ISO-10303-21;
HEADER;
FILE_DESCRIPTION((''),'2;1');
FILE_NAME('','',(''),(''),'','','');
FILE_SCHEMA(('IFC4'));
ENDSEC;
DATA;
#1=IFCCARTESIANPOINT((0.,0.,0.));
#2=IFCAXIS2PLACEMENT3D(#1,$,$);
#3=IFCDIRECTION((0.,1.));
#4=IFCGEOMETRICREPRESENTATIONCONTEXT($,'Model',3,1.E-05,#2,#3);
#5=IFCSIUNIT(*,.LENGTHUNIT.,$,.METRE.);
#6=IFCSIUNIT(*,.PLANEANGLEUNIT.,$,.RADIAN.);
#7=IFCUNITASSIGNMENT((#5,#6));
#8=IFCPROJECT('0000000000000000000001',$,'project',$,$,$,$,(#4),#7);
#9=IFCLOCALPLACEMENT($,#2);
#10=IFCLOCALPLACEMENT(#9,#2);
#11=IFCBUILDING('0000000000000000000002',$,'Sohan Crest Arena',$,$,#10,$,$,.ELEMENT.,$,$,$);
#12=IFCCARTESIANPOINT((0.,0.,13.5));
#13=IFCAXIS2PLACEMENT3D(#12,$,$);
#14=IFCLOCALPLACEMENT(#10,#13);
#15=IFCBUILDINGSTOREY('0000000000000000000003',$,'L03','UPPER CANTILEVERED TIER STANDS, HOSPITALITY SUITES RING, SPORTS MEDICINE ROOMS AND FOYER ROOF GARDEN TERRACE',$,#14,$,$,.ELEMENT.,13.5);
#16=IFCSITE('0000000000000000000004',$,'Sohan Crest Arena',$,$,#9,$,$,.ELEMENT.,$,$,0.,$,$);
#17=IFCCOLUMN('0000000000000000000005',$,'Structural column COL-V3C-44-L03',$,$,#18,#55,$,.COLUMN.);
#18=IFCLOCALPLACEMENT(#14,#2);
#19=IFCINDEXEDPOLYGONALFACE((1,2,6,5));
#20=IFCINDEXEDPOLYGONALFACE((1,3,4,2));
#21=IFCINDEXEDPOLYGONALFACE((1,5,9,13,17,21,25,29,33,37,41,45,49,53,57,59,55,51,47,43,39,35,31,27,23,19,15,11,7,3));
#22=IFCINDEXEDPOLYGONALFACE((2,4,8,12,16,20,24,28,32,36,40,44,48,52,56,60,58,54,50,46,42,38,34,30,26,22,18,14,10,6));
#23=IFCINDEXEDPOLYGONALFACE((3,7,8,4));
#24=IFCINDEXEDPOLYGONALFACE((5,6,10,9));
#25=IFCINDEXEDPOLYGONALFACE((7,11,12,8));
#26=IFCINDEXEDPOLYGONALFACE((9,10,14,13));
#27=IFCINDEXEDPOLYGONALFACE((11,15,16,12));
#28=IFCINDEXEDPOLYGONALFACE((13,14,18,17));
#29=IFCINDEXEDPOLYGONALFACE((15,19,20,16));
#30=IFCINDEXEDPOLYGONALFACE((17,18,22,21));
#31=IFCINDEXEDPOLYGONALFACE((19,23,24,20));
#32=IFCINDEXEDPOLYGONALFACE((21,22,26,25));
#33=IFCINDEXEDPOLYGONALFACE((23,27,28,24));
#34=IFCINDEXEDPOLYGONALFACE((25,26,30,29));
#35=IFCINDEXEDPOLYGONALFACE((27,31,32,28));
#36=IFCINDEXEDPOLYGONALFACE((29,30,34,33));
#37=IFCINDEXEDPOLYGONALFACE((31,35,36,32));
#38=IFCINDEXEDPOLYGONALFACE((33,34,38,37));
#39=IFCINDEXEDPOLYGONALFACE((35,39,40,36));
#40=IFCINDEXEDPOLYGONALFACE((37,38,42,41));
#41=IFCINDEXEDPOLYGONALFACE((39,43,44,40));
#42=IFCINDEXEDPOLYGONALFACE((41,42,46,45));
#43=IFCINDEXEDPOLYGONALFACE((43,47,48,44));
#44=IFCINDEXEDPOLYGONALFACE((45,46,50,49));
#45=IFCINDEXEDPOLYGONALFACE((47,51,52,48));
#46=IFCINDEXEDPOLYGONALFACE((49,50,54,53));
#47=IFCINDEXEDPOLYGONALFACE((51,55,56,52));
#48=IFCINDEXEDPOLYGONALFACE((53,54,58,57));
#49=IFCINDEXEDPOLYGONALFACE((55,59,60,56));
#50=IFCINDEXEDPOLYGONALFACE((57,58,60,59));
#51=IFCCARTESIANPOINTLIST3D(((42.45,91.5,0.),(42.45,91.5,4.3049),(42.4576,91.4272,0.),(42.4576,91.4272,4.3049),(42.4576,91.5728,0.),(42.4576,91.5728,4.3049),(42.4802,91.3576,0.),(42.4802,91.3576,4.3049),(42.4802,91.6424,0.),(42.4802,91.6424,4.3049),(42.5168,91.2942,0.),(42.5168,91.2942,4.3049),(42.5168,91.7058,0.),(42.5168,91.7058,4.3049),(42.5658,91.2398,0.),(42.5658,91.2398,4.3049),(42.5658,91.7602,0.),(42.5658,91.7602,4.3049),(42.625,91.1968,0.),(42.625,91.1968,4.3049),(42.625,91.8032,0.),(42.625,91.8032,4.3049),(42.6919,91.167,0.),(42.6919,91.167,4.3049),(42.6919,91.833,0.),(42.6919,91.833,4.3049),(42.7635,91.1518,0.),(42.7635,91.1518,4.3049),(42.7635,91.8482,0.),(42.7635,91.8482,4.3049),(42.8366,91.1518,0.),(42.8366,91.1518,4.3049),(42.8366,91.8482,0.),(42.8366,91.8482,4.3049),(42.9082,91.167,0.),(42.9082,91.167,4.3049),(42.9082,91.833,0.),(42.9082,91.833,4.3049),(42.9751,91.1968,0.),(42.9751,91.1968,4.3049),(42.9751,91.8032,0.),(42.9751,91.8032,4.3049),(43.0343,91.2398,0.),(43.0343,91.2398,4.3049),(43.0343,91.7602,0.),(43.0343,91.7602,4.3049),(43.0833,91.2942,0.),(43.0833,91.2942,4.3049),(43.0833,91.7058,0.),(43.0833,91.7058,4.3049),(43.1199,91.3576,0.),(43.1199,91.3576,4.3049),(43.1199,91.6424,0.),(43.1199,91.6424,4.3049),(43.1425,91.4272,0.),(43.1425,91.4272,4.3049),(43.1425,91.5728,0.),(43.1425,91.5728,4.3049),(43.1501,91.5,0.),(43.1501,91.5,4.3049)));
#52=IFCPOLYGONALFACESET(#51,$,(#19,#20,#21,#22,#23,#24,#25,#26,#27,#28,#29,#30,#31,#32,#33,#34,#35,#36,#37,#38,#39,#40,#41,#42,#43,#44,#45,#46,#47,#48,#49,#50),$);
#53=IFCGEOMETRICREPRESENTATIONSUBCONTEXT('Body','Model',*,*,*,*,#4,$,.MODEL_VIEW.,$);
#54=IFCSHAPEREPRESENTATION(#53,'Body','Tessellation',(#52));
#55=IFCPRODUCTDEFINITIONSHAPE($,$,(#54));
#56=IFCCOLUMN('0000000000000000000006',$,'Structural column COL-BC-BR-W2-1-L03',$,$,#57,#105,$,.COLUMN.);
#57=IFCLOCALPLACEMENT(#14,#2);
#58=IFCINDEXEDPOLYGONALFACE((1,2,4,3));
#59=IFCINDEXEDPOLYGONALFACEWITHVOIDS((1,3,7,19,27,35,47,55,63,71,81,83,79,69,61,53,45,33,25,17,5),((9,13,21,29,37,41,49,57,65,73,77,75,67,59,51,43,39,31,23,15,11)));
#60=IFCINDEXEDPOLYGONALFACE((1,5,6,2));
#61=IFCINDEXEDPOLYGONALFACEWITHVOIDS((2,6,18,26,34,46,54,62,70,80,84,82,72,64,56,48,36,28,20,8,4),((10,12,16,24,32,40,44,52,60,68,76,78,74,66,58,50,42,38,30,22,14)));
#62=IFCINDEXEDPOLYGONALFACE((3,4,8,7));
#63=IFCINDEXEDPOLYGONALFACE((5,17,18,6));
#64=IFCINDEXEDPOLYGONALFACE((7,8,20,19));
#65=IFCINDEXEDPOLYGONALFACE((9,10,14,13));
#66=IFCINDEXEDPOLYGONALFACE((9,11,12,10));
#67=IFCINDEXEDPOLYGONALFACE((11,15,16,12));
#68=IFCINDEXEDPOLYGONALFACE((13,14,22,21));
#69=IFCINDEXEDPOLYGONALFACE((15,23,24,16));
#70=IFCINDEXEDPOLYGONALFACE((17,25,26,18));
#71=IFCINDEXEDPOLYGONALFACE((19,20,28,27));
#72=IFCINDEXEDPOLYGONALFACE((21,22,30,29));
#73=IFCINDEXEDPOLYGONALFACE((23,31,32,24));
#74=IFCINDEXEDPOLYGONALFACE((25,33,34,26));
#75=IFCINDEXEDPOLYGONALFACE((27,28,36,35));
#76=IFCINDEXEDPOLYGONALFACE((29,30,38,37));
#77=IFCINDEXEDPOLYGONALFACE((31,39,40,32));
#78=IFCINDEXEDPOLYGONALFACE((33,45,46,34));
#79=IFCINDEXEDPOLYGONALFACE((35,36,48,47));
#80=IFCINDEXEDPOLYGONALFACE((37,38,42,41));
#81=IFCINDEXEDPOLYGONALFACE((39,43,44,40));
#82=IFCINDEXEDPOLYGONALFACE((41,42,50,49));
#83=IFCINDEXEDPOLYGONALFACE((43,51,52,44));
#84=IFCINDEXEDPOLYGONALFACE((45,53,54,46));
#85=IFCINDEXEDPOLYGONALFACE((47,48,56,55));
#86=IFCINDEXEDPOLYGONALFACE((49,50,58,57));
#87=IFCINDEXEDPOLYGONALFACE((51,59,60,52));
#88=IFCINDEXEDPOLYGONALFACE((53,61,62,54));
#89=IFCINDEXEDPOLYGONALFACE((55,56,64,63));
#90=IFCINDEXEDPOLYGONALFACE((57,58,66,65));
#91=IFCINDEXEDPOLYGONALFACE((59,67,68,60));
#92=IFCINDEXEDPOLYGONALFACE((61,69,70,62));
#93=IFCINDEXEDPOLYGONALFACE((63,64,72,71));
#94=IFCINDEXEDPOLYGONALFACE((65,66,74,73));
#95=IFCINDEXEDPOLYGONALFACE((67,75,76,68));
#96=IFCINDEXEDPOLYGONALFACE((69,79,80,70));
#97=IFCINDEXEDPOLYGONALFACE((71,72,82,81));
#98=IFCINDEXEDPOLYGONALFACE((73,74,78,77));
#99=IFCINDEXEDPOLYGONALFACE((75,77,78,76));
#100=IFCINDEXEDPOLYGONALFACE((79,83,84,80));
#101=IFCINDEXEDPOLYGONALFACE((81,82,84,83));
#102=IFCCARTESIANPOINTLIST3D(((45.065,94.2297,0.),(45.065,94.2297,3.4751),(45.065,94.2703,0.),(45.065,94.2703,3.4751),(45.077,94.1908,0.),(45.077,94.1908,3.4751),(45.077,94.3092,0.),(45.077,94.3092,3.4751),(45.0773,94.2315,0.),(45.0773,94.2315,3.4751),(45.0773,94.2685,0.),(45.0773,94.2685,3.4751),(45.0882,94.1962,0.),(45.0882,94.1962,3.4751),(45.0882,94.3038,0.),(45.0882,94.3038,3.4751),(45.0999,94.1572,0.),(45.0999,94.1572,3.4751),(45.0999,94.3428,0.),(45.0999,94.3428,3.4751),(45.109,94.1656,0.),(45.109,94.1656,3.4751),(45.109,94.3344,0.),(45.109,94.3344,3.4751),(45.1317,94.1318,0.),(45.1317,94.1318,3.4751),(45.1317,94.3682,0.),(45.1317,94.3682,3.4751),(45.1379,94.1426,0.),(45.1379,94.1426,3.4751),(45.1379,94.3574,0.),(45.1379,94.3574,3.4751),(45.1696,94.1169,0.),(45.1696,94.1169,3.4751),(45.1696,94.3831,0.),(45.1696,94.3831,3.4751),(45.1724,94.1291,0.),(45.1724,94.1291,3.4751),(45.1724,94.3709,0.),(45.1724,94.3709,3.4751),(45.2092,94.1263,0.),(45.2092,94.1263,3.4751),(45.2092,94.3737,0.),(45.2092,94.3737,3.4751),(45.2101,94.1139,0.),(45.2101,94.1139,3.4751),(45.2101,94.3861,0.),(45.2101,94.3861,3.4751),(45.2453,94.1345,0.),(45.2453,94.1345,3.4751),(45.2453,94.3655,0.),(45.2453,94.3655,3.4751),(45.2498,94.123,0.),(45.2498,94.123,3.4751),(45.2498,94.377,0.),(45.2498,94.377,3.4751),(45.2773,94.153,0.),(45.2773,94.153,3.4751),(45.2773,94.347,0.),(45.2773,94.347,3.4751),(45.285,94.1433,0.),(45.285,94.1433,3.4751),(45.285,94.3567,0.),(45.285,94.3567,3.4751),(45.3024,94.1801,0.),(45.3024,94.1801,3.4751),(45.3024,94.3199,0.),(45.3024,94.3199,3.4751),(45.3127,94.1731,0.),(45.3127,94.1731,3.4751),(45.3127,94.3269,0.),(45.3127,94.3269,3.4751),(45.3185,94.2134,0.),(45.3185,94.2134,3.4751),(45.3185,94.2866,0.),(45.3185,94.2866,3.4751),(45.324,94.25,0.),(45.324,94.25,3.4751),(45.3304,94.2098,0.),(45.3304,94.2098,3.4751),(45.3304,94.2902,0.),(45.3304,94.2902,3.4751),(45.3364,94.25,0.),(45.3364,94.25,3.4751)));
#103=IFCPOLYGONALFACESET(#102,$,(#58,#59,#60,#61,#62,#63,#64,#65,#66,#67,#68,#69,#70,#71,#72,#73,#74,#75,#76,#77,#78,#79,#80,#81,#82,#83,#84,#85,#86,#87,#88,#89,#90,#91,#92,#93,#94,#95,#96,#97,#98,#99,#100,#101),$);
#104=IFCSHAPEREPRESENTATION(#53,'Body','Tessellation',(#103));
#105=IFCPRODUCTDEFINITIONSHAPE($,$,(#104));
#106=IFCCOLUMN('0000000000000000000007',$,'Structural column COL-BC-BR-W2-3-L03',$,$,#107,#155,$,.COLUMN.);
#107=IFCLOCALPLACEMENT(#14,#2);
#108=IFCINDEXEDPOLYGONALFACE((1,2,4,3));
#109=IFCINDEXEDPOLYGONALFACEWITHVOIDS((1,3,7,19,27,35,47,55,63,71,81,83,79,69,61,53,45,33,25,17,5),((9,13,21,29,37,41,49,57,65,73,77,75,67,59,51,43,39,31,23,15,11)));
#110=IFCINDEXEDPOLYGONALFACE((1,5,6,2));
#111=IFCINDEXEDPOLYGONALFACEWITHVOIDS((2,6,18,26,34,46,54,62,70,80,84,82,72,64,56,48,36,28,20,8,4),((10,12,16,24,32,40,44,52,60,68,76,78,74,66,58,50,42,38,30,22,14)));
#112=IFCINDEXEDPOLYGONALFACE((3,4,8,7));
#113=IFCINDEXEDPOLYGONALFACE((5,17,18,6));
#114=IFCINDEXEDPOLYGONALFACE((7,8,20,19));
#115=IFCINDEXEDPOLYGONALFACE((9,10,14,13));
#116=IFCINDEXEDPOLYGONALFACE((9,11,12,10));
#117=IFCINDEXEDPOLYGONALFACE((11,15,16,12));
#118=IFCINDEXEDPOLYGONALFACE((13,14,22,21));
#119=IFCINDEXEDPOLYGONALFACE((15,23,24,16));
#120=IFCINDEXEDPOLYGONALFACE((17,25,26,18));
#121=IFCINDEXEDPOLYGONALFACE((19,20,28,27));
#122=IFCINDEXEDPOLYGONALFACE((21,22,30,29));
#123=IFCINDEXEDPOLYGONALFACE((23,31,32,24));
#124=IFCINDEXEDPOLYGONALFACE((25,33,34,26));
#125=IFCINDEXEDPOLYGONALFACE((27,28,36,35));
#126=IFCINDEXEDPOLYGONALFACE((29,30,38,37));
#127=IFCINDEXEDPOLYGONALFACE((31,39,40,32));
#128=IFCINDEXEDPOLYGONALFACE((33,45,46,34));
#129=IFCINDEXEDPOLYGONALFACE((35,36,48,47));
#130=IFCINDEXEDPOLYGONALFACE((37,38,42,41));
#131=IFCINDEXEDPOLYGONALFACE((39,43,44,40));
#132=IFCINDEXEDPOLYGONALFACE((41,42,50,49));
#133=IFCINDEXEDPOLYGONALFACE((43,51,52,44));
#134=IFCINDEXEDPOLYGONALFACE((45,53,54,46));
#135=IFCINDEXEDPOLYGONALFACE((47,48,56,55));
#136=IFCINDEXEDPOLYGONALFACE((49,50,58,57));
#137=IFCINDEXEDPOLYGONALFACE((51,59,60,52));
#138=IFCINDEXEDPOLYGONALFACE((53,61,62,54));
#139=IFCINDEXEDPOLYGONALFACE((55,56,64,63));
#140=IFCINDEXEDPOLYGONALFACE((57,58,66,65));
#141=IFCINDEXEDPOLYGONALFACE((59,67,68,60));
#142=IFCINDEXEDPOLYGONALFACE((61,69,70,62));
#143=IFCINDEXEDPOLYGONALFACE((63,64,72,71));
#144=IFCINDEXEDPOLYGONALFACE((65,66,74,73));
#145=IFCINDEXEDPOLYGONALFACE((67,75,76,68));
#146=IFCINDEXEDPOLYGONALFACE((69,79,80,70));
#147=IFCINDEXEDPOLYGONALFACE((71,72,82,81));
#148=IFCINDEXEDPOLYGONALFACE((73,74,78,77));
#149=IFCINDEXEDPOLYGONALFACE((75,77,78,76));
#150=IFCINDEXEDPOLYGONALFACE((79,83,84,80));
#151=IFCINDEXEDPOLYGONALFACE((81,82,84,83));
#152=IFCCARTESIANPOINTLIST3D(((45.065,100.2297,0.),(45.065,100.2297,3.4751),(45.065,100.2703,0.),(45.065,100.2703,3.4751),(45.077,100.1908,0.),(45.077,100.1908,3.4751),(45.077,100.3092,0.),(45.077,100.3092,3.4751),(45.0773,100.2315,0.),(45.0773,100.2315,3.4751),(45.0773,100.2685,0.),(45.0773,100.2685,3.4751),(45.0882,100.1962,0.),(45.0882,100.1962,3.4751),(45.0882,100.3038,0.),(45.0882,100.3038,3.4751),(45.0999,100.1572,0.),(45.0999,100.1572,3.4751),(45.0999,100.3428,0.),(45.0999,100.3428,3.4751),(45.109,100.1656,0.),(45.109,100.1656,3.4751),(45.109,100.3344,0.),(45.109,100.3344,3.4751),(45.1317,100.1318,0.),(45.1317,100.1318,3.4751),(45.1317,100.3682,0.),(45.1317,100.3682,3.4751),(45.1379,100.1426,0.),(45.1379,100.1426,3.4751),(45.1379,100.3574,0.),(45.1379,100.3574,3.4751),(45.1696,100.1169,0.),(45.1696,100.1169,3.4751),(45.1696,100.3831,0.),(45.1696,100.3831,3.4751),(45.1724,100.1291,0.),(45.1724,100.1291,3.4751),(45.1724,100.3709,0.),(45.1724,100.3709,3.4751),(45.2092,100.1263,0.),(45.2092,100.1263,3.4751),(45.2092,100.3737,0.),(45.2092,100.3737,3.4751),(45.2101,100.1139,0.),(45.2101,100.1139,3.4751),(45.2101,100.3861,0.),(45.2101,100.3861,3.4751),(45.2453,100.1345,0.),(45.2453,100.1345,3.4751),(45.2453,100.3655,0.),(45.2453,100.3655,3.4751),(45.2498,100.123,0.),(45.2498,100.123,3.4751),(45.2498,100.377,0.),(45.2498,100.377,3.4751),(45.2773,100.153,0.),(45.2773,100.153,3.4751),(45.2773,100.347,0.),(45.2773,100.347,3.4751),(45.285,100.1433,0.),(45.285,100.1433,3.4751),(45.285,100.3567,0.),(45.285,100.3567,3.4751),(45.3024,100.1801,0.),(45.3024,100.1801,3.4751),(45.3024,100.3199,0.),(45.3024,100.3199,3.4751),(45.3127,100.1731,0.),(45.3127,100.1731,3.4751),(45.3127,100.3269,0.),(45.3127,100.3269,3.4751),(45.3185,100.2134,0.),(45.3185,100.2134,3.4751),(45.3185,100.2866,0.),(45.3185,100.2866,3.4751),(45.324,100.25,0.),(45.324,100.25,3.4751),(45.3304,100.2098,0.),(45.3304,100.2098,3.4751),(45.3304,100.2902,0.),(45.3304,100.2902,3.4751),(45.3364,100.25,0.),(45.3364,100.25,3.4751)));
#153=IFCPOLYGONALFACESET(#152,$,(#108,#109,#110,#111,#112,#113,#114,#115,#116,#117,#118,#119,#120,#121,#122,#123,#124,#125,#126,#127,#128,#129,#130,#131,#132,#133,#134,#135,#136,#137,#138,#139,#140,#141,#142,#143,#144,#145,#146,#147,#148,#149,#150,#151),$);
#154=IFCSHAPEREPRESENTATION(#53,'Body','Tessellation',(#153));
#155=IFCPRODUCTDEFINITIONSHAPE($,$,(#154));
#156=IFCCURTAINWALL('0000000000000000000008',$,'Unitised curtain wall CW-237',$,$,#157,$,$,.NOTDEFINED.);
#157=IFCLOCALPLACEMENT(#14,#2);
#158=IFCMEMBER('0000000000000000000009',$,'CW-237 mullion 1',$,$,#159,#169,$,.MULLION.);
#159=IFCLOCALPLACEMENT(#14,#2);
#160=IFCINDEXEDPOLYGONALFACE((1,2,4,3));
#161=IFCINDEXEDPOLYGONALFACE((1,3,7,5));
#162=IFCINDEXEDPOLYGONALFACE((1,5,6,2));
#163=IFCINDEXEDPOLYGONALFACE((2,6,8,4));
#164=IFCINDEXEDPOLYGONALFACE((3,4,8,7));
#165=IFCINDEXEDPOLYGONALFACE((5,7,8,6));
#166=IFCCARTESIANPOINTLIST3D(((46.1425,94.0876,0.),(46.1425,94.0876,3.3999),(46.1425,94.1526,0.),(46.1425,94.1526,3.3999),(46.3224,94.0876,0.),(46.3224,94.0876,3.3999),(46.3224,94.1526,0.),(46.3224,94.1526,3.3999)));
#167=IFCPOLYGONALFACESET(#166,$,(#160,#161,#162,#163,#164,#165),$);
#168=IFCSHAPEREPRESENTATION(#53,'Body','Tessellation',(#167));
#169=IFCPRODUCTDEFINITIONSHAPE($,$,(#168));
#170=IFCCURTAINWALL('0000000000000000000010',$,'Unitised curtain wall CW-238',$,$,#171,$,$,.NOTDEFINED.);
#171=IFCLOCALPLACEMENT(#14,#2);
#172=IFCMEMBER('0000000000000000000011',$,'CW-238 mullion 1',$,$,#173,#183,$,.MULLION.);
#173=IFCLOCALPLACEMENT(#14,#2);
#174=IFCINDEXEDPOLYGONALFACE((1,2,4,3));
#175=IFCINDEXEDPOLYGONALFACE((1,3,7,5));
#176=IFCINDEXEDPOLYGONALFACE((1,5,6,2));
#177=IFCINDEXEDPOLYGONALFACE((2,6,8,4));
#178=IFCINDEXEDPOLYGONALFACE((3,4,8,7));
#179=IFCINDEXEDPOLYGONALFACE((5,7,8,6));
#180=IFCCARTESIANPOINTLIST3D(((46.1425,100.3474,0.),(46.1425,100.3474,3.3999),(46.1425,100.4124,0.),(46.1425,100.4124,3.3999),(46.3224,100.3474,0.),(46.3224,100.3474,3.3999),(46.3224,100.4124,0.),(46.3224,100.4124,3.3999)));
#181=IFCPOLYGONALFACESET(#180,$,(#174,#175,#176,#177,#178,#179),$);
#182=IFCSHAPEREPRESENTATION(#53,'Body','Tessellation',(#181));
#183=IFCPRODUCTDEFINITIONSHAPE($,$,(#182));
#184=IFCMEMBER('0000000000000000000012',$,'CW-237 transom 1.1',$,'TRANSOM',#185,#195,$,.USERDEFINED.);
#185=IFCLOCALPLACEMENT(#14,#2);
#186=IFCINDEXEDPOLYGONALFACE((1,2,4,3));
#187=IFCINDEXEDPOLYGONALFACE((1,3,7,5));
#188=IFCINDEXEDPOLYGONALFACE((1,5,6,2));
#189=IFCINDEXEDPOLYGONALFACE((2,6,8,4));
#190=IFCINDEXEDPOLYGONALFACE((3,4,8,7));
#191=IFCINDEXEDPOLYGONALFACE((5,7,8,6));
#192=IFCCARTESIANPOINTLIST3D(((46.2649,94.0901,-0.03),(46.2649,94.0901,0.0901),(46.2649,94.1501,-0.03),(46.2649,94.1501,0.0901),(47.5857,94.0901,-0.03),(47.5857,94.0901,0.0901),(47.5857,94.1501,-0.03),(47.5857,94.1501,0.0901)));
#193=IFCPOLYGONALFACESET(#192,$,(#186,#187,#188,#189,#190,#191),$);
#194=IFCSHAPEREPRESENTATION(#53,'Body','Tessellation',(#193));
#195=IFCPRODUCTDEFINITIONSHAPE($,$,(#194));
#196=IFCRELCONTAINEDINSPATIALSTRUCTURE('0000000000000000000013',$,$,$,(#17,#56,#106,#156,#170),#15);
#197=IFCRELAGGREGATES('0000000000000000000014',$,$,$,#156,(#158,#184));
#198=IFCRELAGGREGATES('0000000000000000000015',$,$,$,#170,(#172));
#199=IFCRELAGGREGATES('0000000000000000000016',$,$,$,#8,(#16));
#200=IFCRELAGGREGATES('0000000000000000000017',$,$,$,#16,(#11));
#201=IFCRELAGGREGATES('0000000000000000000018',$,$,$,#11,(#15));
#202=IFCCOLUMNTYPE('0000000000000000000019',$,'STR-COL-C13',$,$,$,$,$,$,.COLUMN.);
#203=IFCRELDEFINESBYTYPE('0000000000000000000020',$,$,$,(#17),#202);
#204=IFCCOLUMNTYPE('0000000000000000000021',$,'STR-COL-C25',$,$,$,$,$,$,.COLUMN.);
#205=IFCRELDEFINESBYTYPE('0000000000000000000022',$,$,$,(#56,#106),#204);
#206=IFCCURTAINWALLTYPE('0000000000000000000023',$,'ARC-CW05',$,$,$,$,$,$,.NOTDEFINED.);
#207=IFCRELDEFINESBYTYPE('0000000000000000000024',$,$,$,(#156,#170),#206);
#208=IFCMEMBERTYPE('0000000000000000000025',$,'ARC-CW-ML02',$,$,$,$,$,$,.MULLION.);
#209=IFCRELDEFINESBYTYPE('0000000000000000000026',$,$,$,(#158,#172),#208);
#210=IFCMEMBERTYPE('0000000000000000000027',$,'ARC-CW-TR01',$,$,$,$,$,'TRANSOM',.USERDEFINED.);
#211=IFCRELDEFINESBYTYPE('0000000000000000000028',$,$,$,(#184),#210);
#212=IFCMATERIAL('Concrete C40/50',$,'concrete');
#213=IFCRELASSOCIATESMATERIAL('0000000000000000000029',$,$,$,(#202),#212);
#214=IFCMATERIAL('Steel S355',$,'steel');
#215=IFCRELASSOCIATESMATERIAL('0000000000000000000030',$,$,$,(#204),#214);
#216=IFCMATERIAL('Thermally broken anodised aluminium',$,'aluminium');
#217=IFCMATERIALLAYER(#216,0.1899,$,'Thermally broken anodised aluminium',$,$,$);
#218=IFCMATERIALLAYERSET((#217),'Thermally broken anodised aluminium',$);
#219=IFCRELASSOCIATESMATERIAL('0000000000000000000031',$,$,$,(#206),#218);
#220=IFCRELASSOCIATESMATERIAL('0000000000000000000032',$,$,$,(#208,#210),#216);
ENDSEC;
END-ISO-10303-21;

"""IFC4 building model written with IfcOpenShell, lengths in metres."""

from ifc_helpers import new_model, si_unit, direction, frame, origin, origin_2d, place, context, subcontext, project, spatial, rectangle, circle, hollow_circle, extrude, material, layer, layer_set, material_profile, profile_set, type_object, element, aggregate, save


model = new_model("IFC4")

# Units and contexts
model_context = context("Model", 3, precision=1e-05, world=origin(), true_north=direction((0.0, 1.0)))
body_context = subcontext(model_context, "Body", "Model", "MODEL_VIEW")
ifc_project = project(units=[si_unit("LENGTHUNIT", "METRE"), si_unit("PLANEANGLEUNIT", "RADIAN")], contexts=[model_context])

# Site, building, storey
site_placement = place(None, origin())
site = spatial("IfcSite", under=ifc_project, at=site_placement, Name="Sohan Crest Arena", CompositionType="ELEMENT", RefElevation=0.0)
building_placement = place(site_placement, origin())
building = spatial("IfcBuilding", under=site, at=building_placement, Name="Sohan Crest Arena", CompositionType="ELEMENT")
storey_placement = place(building_placement, frame((0.0, 0.0, 13.5)))
storey = spatial("IfcBuildingStorey", under=building, at=storey_placement, Name="L03", Description="UPPER CANTILEVERED TIER STANDS, HOSPITALITY SUITES RING, SPORTS MEDICINE ROOMS AND FOYER ROOF GARDEN TERRACE", CompositionType="ELEMENT", Elevation=13.5)

# Columns
ifc_material_1 = material(Name="Concrete C40/50", Category="concrete")
ifc_material_profile_1 = material_profile(ifc_material_1, circle(Radius=0.3501, at=origin_2d()), Name="RC D700")
ifc_profile_set_1 = profile_set([ifc_material_profile_1], Name="Concrete C40/50")
column_type_1 = type_object("IfcColumnType", Name="STR-COL-C13", PredefinedType="COLUMN", material=ifc_profile_set_1)
column_placement = place(storey_placement, frame((42.8, 91.5, 0.0), z_axis=(0.0, 0.0, 1.0), x_axis=(1.0, 0.0, 0.0)))
element("IfcColumn", 1, at=column_placement, inside=storey, type_object=column_type_1, Name="Structural column COL-V3C-44-L03", PredefinedType="COLUMN", context=body_context, shape_type="SweptSolid", body=[
    extrude(circle(Radius=0.3501, at=origin_2d()), origin(), (0.0, 0.0, 1.0), 4.3049),
])
ifc_material_2 = material(Name="Steel S355", Category="steel")
ifc_material_profile_2 = material_profile(ifc_material_2, hollow_circle(Radius=0.1365, WallThickness=0.0125, at=origin_2d()), Name="CHS 273x12.5")
ifc_profile_set_2 = profile_set([ifc_material_profile_2], Name="Steel S355")
column_type_2 = type_object("IfcColumnType", Name="STR-COL-C25", PredefinedType="COLUMN", material=ifc_profile_set_2)
for number, where, z_axis, x_axis, name in (
    (2, (45.2, 94.25, 0.0), (0.0, 0.0, 1.0), (1.0, 0.0, 0.0), "Structural column COL-BC-BR-W2-1-L03"),
    (3, (45.2, 100.25, 0.0), (0.0, 0.0, 1.0), (1.0, 0.0, 0.0), "Structural column COL-BC-BR-W2-3-L03"),
):
    element("IfcColumn", number, at=place(storey_placement, frame(where, z_axis=z_axis, x_axis=x_axis)), inside=storey, type_object=column_type_2, Name=name, PredefinedType="COLUMN", context=body_context, shape_type="SweptSolid", body=[
        extrude(hollow_circle(Radius=0.1365, WallThickness=0.0125, at=origin_2d()), origin(), (0.0, 0.0, 1.0), 3.4751),
    ])

# Curtain walls, members
ifc_material_3 = material(Name="Thermally broken anodised aluminium", Category="aluminium")
ifc_layer_1 = layer(ifc_material_3, 0.1899, Name="Thermally broken anodised aluminium")
ifc_layer_set_1 = layer_set([ifc_layer_1], Name="Thermally broken anodised aluminium")
curtain_wall_type = type_object("IfcCurtainWallType", Name="ARC-CW05", PredefinedType="NOTDEFINED", material=ifc_layer_set_1)
curtain_wall_1_placement = place(storey_placement, origin())
curtain_wall_1 = element("IfcCurtainWall", 4, at=curtain_wall_1_placement, inside=storey, type_object=curtain_wall_type, Name="Unitised curtain wall CW-237", PredefinedType="NOTDEFINED")
ifc_material_profile_3 = material_profile(ifc_material_3, rectangle(XDim=0.0649, YDim=0.1799, at=origin_2d()), Name="ALU-MULL 65x180")
ifc_profile_set_3 = profile_set([ifc_material_profile_3], Name="Thermally broken anodised aluminium")
member_type_1 = type_object("IfcMemberType", Name="ARC-CW-ML02", PredefinedType="MULLION", material=ifc_profile_set_3)
member_1_placement = place(storey_placement, frame((46.2324, 94.1201, 0.0), z_axis=(0.0, 0.0, 1.0), x_axis=(0.0, 1.0, 0.0)))
member_1 = element("IfcMember", 5, at=member_1_placement, type_object=member_type_1, Name="CW-237 mullion 1", PredefinedType="MULLION", context=body_context, shape_type="SweptSolid", body=[
    extrude(rectangle(XDim=0.0649, YDim=0.1799, at=origin_2d()), origin(), (0.0, 0.0, 1.0), 3.3999),
])
curtain_wall_2_placement = place(storey_placement, origin())
curtain_wall_2 = element("IfcCurtainWall", 6, at=curtain_wall_2_placement, inside=storey, type_object=curtain_wall_type, Name="Unitised curtain wall CW-238", PredefinedType="NOTDEFINED")
member_2_placement = place(storey_placement, frame((46.2324, 100.3799, 0.0), z_axis=(0.0, 0.0, 1.0), x_axis=(0.0, 1.0, 0.0)))
member_2 = element("IfcMember", 7, at=member_2_placement, type_object=member_type_1, Name="CW-238 mullion 1", PredefinedType="MULLION", context=body_context, shape_type="SweptSolid", body=[
    extrude(rectangle(XDim=0.0649, YDim=0.1799, at=origin_2d()), origin(), (0.0, 0.0, 1.0), 3.3999),
])

# Member
ifc_material_profile_4 = material_profile(ifc_material_3, rectangle(XDim=0.0601, YDim=0.1201, at=origin_2d()), Name="ALU-TRAN 60x120")
ifc_profile_set_4 = profile_set([ifc_material_profile_4], Name="Thermally broken anodised aluminium")
member_type_2 = type_object("IfcMemberType", Name="ARC-CW-TR01", ElementType="TRANSOM", PredefinedType="USERDEFINED", material=ifc_profile_set_4)
member_3_placement = place(storey_placement, frame((46.2649, 94.1201, 0.03), z_axis=(1.0, 0.0, 0.0), x_axis=(0.0, 1.0, 0.0)))
member_3 = element("IfcMember", 8, at=member_3_placement, type_object=member_type_2, Name="CW-237 transom 1.1", ObjectType="TRANSOM", PredefinedType="USERDEFINED", context=body_context, shape_type="SweptSolid", body=[
    extrude(rectangle(XDim=0.0601, YDim=0.1201, at=origin_2d()), origin(), (0.0, 0.0, 1.0), 1.3208),
])
aggregate(curtain_wall_1, [member_1, member_3])
aggregate(curtain_wall_2, [member_2])

save(model, "model.ifc")
